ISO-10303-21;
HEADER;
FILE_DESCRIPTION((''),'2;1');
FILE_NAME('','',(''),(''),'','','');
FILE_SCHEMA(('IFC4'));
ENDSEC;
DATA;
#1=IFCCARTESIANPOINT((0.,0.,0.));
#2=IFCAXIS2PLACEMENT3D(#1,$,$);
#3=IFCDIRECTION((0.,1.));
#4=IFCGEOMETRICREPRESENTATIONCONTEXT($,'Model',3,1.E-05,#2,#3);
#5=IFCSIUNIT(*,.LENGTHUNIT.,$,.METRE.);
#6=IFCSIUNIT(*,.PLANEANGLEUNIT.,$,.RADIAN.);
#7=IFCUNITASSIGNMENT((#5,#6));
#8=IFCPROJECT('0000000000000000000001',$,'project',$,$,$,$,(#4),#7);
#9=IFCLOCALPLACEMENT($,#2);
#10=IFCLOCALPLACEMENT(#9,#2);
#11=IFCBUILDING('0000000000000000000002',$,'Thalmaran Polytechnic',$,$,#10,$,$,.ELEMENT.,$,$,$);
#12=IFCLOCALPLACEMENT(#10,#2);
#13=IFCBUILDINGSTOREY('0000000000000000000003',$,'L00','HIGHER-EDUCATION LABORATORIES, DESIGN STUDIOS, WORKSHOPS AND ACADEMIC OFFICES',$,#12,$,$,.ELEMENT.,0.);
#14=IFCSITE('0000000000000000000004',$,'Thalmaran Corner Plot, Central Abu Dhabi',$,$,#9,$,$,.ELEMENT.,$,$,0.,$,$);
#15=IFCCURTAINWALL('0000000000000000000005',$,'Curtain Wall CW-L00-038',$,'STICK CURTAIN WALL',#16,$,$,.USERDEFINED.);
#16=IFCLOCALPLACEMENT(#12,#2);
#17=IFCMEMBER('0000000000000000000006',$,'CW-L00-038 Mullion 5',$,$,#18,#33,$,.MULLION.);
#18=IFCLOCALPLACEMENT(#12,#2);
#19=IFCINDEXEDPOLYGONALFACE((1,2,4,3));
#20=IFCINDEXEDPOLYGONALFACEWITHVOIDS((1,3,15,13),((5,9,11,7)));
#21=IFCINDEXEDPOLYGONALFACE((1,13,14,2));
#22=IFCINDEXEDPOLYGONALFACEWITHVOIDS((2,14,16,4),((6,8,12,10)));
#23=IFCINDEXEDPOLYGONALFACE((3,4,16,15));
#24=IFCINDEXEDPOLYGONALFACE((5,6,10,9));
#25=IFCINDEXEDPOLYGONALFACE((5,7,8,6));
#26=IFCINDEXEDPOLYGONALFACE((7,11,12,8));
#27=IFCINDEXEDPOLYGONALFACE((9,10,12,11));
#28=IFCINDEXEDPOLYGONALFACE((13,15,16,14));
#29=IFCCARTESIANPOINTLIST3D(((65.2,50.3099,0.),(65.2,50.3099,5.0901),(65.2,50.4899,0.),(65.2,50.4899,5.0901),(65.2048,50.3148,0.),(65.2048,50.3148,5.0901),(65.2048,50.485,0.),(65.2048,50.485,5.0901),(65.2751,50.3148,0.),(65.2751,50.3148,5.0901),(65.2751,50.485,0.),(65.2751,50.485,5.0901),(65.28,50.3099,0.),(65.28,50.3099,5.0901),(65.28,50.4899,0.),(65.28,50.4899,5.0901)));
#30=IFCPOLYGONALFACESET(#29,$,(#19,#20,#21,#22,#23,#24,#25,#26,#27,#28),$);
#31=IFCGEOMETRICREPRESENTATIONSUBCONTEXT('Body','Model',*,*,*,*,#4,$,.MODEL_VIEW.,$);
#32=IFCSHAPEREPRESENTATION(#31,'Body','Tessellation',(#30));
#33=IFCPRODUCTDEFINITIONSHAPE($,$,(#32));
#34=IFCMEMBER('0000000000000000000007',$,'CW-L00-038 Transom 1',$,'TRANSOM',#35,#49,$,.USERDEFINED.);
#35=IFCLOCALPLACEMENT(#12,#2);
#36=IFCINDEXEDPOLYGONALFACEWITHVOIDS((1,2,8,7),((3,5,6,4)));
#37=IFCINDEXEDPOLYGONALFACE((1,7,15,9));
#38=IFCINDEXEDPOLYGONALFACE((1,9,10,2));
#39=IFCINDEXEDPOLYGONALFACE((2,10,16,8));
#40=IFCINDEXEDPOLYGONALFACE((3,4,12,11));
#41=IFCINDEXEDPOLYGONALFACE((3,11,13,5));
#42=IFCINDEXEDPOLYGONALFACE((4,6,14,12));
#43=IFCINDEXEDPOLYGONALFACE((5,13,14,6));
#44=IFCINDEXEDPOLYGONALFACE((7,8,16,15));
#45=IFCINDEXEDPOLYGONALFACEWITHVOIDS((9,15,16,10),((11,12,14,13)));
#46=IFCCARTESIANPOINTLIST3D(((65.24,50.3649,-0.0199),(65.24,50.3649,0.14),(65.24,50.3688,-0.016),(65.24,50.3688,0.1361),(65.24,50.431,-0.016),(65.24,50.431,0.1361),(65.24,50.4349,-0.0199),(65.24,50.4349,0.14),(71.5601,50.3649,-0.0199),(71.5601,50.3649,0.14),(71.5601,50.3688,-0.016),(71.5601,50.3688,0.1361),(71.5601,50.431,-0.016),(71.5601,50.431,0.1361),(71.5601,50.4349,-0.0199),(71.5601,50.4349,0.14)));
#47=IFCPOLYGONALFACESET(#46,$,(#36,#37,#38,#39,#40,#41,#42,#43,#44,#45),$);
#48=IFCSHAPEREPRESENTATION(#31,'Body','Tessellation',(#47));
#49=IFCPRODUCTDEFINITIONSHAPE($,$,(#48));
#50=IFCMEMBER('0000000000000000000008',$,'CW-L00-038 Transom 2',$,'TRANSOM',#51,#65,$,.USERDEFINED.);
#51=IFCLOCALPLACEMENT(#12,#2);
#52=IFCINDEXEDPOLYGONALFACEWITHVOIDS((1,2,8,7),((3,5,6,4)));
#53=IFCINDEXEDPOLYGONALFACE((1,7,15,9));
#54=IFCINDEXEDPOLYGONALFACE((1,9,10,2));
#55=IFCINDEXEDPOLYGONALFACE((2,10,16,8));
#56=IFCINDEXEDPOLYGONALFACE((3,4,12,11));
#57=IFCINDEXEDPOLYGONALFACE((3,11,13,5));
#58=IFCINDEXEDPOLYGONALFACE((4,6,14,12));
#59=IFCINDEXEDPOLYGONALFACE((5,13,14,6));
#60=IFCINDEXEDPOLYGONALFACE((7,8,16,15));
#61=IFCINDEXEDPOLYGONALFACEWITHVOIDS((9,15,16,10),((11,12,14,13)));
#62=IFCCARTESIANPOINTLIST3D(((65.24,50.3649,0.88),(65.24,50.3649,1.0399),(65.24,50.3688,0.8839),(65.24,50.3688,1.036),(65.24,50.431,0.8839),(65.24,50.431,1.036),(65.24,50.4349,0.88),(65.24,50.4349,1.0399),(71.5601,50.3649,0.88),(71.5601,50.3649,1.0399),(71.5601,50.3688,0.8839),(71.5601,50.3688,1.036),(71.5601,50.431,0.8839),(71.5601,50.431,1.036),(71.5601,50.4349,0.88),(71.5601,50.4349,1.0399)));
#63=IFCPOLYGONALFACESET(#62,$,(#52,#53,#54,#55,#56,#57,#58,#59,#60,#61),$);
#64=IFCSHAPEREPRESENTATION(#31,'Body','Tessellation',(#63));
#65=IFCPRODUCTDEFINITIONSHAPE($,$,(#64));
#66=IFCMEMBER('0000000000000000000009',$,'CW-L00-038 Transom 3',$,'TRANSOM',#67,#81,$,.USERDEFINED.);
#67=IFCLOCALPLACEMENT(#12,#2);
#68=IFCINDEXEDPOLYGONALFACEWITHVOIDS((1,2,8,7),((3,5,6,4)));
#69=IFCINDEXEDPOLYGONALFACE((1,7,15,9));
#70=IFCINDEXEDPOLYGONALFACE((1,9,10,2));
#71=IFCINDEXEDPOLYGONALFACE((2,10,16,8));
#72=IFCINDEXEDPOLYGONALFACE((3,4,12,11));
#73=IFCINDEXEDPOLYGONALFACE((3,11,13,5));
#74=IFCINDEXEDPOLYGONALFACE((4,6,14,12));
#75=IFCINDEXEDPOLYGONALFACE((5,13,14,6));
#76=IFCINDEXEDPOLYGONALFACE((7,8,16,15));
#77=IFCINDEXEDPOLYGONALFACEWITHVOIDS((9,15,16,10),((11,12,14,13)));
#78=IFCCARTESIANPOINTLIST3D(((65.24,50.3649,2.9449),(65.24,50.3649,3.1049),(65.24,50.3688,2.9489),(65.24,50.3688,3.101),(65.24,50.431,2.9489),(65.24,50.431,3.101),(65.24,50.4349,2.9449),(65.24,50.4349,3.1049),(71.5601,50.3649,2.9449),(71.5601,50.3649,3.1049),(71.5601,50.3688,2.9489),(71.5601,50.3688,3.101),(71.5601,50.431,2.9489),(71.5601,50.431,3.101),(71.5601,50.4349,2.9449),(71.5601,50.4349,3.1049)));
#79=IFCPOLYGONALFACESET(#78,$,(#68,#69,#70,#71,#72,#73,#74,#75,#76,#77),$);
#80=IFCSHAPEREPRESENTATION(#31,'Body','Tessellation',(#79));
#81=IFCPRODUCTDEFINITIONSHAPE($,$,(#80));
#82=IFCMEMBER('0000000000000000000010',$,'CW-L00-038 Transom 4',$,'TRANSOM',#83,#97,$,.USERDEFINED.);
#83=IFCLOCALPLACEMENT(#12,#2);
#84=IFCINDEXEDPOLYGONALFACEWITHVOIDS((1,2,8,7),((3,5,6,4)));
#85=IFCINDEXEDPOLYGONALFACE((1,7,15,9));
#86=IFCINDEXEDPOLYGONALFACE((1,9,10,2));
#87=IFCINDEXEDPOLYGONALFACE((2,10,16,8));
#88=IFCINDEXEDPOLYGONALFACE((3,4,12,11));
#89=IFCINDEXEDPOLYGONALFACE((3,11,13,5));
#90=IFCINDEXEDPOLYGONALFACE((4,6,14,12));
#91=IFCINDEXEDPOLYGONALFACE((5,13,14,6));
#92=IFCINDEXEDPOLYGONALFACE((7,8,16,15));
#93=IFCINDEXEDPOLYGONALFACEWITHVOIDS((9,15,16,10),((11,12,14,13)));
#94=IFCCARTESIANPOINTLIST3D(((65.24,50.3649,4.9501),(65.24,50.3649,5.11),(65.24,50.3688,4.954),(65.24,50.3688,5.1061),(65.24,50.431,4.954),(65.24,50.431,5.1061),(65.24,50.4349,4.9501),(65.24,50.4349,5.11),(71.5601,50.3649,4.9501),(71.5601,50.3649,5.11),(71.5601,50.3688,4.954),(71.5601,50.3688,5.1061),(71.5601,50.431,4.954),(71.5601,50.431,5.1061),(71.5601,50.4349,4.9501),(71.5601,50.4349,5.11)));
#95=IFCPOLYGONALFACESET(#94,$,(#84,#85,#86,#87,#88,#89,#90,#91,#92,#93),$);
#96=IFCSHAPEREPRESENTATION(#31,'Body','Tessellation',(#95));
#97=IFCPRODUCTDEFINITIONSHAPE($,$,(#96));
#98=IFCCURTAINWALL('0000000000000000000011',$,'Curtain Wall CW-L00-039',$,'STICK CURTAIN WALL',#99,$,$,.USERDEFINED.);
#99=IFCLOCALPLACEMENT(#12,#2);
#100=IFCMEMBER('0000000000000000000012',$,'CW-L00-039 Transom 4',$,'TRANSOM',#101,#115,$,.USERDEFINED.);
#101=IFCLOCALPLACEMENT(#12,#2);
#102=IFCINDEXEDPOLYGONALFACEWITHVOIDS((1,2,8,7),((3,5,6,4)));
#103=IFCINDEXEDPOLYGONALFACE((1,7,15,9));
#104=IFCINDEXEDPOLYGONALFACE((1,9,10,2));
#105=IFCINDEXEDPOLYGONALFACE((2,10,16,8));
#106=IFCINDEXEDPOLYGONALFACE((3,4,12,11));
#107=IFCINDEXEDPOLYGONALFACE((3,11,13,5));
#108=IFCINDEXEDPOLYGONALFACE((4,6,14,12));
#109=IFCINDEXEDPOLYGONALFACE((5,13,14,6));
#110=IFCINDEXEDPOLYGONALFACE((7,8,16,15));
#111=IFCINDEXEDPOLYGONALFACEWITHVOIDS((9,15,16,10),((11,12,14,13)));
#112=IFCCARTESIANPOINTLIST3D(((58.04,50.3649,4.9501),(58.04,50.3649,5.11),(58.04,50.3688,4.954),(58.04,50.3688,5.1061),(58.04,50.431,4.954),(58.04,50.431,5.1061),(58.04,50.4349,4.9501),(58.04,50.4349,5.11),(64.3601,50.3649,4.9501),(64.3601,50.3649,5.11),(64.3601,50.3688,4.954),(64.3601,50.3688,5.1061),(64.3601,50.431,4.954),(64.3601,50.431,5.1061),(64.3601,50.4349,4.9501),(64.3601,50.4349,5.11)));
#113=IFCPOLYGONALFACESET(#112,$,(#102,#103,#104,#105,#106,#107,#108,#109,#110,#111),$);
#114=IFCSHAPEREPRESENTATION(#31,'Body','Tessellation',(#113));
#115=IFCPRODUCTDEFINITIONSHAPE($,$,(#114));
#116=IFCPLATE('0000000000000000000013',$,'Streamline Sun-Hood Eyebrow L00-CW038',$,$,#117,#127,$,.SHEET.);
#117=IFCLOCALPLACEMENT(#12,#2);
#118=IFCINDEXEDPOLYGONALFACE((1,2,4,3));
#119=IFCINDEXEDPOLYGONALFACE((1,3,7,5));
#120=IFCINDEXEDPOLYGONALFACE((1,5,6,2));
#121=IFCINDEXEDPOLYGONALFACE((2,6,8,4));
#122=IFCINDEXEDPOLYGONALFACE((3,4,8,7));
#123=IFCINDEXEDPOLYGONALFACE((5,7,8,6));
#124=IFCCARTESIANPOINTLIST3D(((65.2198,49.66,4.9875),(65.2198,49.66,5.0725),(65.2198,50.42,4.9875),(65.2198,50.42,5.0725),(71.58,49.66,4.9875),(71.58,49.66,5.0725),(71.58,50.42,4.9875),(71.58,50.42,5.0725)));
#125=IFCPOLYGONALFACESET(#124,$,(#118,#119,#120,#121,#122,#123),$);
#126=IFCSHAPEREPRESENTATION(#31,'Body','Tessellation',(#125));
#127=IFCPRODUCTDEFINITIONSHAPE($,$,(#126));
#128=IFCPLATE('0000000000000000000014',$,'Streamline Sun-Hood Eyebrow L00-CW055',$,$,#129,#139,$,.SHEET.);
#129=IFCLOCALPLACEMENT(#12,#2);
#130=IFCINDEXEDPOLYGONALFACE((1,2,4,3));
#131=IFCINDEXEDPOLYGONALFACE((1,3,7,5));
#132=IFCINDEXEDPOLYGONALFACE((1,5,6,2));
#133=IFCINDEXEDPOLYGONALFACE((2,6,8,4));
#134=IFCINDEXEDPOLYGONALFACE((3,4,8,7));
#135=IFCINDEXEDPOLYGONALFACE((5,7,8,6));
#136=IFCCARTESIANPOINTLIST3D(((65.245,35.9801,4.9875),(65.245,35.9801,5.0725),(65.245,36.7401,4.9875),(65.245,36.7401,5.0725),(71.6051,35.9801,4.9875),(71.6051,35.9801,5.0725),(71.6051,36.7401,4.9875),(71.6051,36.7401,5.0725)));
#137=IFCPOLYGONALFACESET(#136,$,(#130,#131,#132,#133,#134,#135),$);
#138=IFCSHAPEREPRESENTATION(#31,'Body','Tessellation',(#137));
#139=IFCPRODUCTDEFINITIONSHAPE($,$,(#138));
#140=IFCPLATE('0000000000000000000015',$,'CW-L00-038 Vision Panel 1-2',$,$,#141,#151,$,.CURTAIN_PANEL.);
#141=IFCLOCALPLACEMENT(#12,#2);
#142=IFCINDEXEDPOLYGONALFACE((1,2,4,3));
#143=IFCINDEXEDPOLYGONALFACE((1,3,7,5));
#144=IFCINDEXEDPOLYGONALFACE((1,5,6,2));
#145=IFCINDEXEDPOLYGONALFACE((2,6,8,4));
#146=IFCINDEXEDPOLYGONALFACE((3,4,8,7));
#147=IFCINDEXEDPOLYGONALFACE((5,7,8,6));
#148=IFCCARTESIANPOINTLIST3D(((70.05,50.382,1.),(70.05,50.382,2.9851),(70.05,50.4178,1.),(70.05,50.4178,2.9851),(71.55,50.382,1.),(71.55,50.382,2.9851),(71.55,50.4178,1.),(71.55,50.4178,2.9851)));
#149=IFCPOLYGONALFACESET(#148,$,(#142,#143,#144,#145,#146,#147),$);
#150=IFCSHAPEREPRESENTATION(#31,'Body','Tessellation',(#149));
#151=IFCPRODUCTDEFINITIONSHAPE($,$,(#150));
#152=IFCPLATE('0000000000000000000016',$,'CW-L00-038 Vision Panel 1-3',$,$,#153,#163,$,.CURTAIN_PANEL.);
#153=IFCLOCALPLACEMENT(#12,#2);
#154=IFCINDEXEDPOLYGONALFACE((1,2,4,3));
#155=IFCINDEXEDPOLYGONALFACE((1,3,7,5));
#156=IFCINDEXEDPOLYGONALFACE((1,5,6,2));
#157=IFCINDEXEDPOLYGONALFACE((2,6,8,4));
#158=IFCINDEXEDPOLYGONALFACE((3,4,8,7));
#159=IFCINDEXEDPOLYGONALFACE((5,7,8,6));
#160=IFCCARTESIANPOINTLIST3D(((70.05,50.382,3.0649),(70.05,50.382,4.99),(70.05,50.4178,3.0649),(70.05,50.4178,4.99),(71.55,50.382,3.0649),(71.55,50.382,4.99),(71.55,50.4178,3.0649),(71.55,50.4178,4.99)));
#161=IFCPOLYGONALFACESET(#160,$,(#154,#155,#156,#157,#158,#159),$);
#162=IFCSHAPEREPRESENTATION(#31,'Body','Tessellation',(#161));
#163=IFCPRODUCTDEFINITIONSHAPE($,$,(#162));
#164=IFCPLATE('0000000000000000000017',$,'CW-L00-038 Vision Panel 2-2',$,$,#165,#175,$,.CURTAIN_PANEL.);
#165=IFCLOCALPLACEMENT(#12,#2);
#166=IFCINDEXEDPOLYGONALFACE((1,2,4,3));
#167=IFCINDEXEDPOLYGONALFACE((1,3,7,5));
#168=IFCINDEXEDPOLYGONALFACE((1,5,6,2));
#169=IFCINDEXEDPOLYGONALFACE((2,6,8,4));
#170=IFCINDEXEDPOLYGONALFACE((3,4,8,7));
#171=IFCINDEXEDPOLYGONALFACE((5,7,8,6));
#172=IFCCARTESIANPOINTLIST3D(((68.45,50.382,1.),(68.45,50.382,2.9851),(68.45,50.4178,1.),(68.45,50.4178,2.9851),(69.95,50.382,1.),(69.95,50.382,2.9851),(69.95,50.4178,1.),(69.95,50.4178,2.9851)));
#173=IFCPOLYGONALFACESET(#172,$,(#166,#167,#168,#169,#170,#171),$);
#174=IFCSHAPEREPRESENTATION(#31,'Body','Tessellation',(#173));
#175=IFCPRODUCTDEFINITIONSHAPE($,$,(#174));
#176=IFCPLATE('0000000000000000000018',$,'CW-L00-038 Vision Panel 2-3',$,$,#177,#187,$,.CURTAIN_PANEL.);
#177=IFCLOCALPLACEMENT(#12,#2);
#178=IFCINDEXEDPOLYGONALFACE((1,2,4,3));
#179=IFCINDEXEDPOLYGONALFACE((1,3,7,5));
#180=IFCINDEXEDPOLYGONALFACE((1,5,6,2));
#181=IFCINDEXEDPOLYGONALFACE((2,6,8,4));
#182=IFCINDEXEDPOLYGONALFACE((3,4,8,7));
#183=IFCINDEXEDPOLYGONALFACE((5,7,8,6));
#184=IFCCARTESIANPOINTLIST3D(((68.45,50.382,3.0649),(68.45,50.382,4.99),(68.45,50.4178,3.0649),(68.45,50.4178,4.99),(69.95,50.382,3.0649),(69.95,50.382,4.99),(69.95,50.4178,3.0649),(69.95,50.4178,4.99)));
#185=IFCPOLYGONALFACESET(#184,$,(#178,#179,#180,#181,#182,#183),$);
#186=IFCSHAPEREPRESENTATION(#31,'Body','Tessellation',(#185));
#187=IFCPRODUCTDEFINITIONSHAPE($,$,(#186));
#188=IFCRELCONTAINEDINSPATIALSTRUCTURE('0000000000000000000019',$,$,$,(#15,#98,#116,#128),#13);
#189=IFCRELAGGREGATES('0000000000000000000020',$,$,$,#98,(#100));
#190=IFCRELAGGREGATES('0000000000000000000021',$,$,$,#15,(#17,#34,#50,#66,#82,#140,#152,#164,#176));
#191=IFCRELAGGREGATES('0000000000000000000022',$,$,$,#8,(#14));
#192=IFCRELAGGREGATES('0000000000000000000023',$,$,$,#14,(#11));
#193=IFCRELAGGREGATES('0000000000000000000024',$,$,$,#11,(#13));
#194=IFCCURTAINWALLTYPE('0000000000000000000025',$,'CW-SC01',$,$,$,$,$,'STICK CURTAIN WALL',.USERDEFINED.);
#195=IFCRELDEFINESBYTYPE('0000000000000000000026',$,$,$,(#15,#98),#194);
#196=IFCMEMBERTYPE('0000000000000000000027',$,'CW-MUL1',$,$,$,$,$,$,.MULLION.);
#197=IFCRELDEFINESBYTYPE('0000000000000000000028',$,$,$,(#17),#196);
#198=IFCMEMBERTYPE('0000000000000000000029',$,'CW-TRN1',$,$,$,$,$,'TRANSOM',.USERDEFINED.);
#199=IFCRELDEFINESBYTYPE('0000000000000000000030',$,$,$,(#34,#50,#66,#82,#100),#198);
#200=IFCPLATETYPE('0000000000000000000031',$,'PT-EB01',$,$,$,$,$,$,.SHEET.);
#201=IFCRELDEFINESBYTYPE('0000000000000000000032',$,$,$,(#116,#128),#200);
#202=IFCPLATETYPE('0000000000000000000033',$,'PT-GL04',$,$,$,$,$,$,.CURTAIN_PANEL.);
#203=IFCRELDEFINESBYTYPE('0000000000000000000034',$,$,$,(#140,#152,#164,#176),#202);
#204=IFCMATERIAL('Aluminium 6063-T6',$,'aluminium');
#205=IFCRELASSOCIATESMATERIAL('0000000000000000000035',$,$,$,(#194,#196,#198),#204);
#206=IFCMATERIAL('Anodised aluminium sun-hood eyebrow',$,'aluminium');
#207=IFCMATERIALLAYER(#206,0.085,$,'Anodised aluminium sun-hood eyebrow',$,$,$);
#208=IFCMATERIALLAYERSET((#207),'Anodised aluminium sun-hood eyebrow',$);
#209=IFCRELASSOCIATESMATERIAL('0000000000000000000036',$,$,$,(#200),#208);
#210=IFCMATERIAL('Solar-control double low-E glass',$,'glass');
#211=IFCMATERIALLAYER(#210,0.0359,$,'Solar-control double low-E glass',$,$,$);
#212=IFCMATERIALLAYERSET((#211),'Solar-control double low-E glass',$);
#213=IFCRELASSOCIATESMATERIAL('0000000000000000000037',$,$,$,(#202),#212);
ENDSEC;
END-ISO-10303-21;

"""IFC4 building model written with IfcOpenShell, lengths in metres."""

from ifc_helpers import new_model, si_unit, direction, frame, origin, origin_2d, place, context, subcontext, project, spatial, rectangle, hollow_rectangle, extrude, material, layer, layer_set, material_profile, profile_set, type_object, element, aggregate, save


model = new_model("IFC4")

# Units and contexts
model_context = context("Model", 3, precision=1e-05, world=origin(), true_north=direction((0.0, 1.0)))
body_context = subcontext(model_context, "Body", "Model", "MODEL_VIEW")
ifc_project = project(units=[si_unit("LENGTHUNIT", "METRE"), si_unit("PLANEANGLEUNIT", "RADIAN")], contexts=[model_context])

# Site, building, storey
site_placement = place(None, origin())
site = spatial("IfcSite", under=ifc_project, at=site_placement, Name="Thalmaran Corner Plot, Central Abu Dhabi", CompositionType="ELEMENT", RefElevation=0.0)
building_placement = place(site_placement, origin())
building = spatial("IfcBuilding", under=site, at=building_placement, Name="Thalmaran Polytechnic", CompositionType="ELEMENT")
storey_placement = place(building_placement, origin())
storey = spatial("IfcBuildingStorey", under=building, at=storey_placement, Name="L00", Description="HIGHER-EDUCATION LABORATORIES, DESIGN STUDIOS, WORKSHOPS AND ACADEMIC OFFICES", CompositionType="ELEMENT", Elevation=0.0)

# Curtain wall, members
ifc_material_1 = material(Name="Aluminium 6063-T6", Category="aluminium")
curtain_wall_type = type_object("IfcCurtainWallType", Name="CW-SC01", ElementType="STICK CURTAIN WALL", PredefinedType="USERDEFINED", material=ifc_material_1)
curtain_wall_1_placement = place(storey_placement, origin())
curtain_wall_1 = element("IfcCurtainWall", 1, at=curtain_wall_1_placement, inside=storey, type_object=curtain_wall_type, Name="Curtain Wall CW-L00-038", ObjectType="STICK CURTAIN WALL", PredefinedType="USERDEFINED")
ifc_material_profile_1 = material_profile(ifc_material_1, hollow_rectangle(XDim=0.0801, YDim=0.1799, WallThickness=0.0049, at=origin_2d()), Name="RHS 180x80x5.0")
ifc_profile_set_1 = profile_set([ifc_material_profile_1], Name="Aluminium 6063-T6")
member_type_1 = type_object("IfcMemberType", Name="CW-MUL1", PredefinedType="MULLION", material=ifc_profile_set_1)
member_1_placement = place(storey_placement, frame((65.24, 50.3999, 0.0), z_axis=(0.0, 0.0, 1.0), x_axis=(1.0, 0.0, 0.0)))
member_1 = element("IfcMember", 2, at=member_1_placement, type_object=member_type_1, Name="CW-L00-038 Mullion 5", PredefinedType="MULLION", context=body_context, shape_type="SweptSolid", body=[
    extrude(hollow_rectangle(XDim=0.0801, YDim=0.1799, WallThickness=0.0049, at=origin_2d()), origin(), (0.0, 0.0, 1.0), 5.0901),
])
ifc_material_profile_2 = material_profile(ifc_material_1, hollow_rectangle(XDim=0.0701, YDim=0.1599, WallThickness=0.0039, at=origin_2d()), Name="AL 160x70x4.0")
ifc_profile_set_2 = profile_set([ifc_material_profile_2], Name="Aluminium 6063-T6")
member_type_2 = type_object("IfcMemberType", Name="CW-TRN1", ElementType="TRANSOM", PredefinedType="USERDEFINED", material=ifc_profile_set_2)
member_2_placement = place(storey_placement, frame((71.5601, 50.3999, 0.0601), z_axis=(-1.0, 0.0, 0.0), x_axis=(0.0, -1.0, 0.0)))
member_2 = element("IfcMember", 3, at=member_2_placement, type_object=member_type_2, Name="CW-L00-038 Transom 1", ObjectType="TRANSOM", PredefinedType="USERDEFINED", context=body_context, shape_type="SweptSolid", body=[
    extrude(hollow_rectangle(XDim=0.0701, YDim=0.1599, WallThickness=0.0039, at=origin_2d()), origin(), (0.0, 0.0, 1.0), 6.3201),
])
member_3_placement = place(storey_placement, frame((71.5601, 50.3999, 0.96), z_axis=(-1.0, 0.0, 0.0), x_axis=(0.0, -1.0, 0.0)))
member_3 = element("IfcMember", 4, at=member_3_placement, type_object=member_type_2, Name="CW-L00-038 Transom 2", ObjectType="TRANSOM", PredefinedType="USERDEFINED", context=body_context, shape_type="SweptSolid", body=[
    extrude(hollow_rectangle(XDim=0.0701, YDim=0.1599, WallThickness=0.0039, at=origin_2d()), origin(), (0.0, 0.0, 1.0), 6.3201),
])
member_4_placement = place(storey_placement, frame((71.5601, 50.3999, 3.0249), z_axis=(-1.0, 0.0, 0.0), x_axis=(0.0, -1.0, 0.0)))
member_4 = element("IfcMember", 5, at=member_4_placement, type_object=member_type_2, Name="CW-L00-038 Transom 3", ObjectType="TRANSOM", PredefinedType="USERDEFINED", context=body_context, shape_type="SweptSolid", body=[
    extrude(hollow_rectangle(XDim=0.0701, YDim=0.1599, WallThickness=0.0039, at=origin_2d()), origin(), (0.0, 0.0, 1.0), 6.3201),
])
member_5_placement = place(storey_placement, frame((71.5601, 50.3999, 5.03), z_axis=(-1.0, 0.0, 0.0), x_axis=(0.0, -1.0, 0.0)))
member_5 = element("IfcMember", 6, at=member_5_placement, type_object=member_type_2, Name="CW-L00-038 Transom 4", ObjectType="TRANSOM", PredefinedType="USERDEFINED", context=body_context, shape_type="SweptSolid", body=[
    extrude(hollow_rectangle(XDim=0.0701, YDim=0.1599, WallThickness=0.0039, at=origin_2d()), origin(), (0.0, 0.0, 1.0), 6.3201),
])

# Curtain wall, member
curtain_wall_2_placement = place(storey_placement, origin())
curtain_wall_2 = element("IfcCurtainWall", 7, at=curtain_wall_2_placement, inside=storey, type_object=curtain_wall_type, Name="Curtain Wall CW-L00-039", ObjectType="STICK CURTAIN WALL", PredefinedType="USERDEFINED")
member_6_placement = place(storey_placement, frame((64.3601, 50.3999, 5.03), z_axis=(-1.0, 0.0, 0.0), x_axis=(0.0, -1.0, 0.0)))
member_6 = element("IfcMember", 8, at=member_6_placement, type_object=member_type_2, Name="CW-L00-039 Transom 4", ObjectType="TRANSOM", PredefinedType="USERDEFINED", context=body_context, shape_type="SweptSolid", body=[
    extrude(hollow_rectangle(XDim=0.0701, YDim=0.1599, WallThickness=0.0039, at=origin_2d()), origin(), (0.0, 0.0, 1.0), 6.3201),
])
aggregate(curtain_wall_2, [member_6])

# Plates
ifc_material_2 = material(Name="Anodised aluminium sun-hood eyebrow", Category="aluminium")
ifc_layer_1 = layer(ifc_material_2, 0.085, Name="Anodised aluminium sun-hood eyebrow")
ifc_layer_set_1 = layer_set([ifc_layer_1], Name="Anodised aluminium sun-hood eyebrow")
plate_type_1 = type_object("IfcPlateType", Name="PT-EB01", PredefinedType="SHEET", material=ifc_layer_set_1)
for number, where, z_axis, x_axis, name in (
    (9, (68.3999, 50.04, 4.9875), (0.0, 0.0, 1.0), (-1.0, 0.0, 0.0), "Streamline Sun-Hood Eyebrow L00-CW038"),
    (10, (68.425, 36.3601, 4.9875), (0.0, 0.0, 1.0), (1.0, 0.0, 0.0), "Streamline Sun-Hood Eyebrow L00-CW055"),
):
    element("IfcPlate", number, at=place(storey_placement, frame(where, z_axis=z_axis, x_axis=x_axis)), inside=storey, type_object=plate_type_1, Name=name, PredefinedType="SHEET", context=body_context, shape_type="SweptSolid", body=[
        extrude(rectangle(XDim=6.3601, YDim=0.76, at=origin_2d()), origin(), (0.0, 0.0, 1.0), 0.085),
    ])

# Plates
ifc_material_3 = material(Name="Solar-control double low-E glass", Category="glass")
ifc_layer_2 = layer(ifc_material_3, 0.0359, Name="Solar-control double low-E glass")
ifc_layer_set_2 = layer_set([ifc_layer_2], Name="Solar-control double low-E glass")
plate_type_2 = type_object("IfcPlateType", Name="PT-GL04", PredefinedType="CURTAIN_PANEL", material=ifc_layer_set_2)
plate_1_placement = place(storey_placement, frame((70.8, 50.3999, 1.0), z_axis=(0.0, 0.0, 1.0), x_axis=(-1.0, 0.0, 0.0)))
plate_1 = element("IfcPlate", 11, at=plate_1_placement, type_object=plate_type_2, Name="CW-L00-038 Vision Panel 1-2", PredefinedType="CURTAIN_PANEL", context=body_context, shape_type="SweptSolid", body=[
    extrude(rectangle(XDim=1.5, YDim=0.0359, at=origin_2d()), origin(), (0.0, 0.0, 1.0), 1.9851),
])
plate_2_placement = place(storey_placement, frame((70.8, 50.3999, 3.0649), z_axis=(0.0, 0.0, 1.0), x_axis=(-1.0, 0.0, 0.0)))
plate_2 = element("IfcPlate", 12, at=plate_2_placement, type_object=plate_type_2, Name="CW-L00-038 Vision Panel 1-3", PredefinedType="CURTAIN_PANEL", context=body_context, shape_type="SweptSolid", body=[
    extrude(rectangle(XDim=1.5, YDim=0.0359, at=origin_2d()), origin(), (0.0, 0.0, 1.0), 1.925),
])
plate_3_placement = place(storey_placement, frame((69.2, 50.3999, 1.0), z_axis=(0.0, 0.0, 1.0), x_axis=(-1.0, 0.0, 0.0)))
plate_3 = element("IfcPlate", 13, at=plate_3_placement, type_object=plate_type_2, Name="CW-L00-038 Vision Panel 2-2", PredefinedType="CURTAIN_PANEL", context=body_context, shape_type="SweptSolid", body=[
    extrude(rectangle(XDim=1.5, YDim=0.0359, at=origin_2d()), origin(), (0.0, 0.0, 1.0), 1.9851),
])
plate_4_placement = place(storey_placement, frame((69.2, 50.3999, 3.0649), z_axis=(0.0, 0.0, 1.0), x_axis=(-1.0, 0.0, 0.0)))
plate_4 = element("IfcPlate", 14, at=plate_4_placement, type_object=plate_type_2, Name="CW-L00-038 Vision Panel 2-3", PredefinedType="CURTAIN_PANEL", context=body_context, shape_type="SweptSolid", body=[
    extrude(rectangle(XDim=1.5, YDim=0.0359, at=origin_2d()), origin(), (0.0, 0.0, 1.0), 1.925),
])
aggregate(curtain_wall_1, [member_1, member_2, member_3, member_4, member_5, plate_1, plate_2, plate_3, plate_4])

save(model, "model.ifc")
